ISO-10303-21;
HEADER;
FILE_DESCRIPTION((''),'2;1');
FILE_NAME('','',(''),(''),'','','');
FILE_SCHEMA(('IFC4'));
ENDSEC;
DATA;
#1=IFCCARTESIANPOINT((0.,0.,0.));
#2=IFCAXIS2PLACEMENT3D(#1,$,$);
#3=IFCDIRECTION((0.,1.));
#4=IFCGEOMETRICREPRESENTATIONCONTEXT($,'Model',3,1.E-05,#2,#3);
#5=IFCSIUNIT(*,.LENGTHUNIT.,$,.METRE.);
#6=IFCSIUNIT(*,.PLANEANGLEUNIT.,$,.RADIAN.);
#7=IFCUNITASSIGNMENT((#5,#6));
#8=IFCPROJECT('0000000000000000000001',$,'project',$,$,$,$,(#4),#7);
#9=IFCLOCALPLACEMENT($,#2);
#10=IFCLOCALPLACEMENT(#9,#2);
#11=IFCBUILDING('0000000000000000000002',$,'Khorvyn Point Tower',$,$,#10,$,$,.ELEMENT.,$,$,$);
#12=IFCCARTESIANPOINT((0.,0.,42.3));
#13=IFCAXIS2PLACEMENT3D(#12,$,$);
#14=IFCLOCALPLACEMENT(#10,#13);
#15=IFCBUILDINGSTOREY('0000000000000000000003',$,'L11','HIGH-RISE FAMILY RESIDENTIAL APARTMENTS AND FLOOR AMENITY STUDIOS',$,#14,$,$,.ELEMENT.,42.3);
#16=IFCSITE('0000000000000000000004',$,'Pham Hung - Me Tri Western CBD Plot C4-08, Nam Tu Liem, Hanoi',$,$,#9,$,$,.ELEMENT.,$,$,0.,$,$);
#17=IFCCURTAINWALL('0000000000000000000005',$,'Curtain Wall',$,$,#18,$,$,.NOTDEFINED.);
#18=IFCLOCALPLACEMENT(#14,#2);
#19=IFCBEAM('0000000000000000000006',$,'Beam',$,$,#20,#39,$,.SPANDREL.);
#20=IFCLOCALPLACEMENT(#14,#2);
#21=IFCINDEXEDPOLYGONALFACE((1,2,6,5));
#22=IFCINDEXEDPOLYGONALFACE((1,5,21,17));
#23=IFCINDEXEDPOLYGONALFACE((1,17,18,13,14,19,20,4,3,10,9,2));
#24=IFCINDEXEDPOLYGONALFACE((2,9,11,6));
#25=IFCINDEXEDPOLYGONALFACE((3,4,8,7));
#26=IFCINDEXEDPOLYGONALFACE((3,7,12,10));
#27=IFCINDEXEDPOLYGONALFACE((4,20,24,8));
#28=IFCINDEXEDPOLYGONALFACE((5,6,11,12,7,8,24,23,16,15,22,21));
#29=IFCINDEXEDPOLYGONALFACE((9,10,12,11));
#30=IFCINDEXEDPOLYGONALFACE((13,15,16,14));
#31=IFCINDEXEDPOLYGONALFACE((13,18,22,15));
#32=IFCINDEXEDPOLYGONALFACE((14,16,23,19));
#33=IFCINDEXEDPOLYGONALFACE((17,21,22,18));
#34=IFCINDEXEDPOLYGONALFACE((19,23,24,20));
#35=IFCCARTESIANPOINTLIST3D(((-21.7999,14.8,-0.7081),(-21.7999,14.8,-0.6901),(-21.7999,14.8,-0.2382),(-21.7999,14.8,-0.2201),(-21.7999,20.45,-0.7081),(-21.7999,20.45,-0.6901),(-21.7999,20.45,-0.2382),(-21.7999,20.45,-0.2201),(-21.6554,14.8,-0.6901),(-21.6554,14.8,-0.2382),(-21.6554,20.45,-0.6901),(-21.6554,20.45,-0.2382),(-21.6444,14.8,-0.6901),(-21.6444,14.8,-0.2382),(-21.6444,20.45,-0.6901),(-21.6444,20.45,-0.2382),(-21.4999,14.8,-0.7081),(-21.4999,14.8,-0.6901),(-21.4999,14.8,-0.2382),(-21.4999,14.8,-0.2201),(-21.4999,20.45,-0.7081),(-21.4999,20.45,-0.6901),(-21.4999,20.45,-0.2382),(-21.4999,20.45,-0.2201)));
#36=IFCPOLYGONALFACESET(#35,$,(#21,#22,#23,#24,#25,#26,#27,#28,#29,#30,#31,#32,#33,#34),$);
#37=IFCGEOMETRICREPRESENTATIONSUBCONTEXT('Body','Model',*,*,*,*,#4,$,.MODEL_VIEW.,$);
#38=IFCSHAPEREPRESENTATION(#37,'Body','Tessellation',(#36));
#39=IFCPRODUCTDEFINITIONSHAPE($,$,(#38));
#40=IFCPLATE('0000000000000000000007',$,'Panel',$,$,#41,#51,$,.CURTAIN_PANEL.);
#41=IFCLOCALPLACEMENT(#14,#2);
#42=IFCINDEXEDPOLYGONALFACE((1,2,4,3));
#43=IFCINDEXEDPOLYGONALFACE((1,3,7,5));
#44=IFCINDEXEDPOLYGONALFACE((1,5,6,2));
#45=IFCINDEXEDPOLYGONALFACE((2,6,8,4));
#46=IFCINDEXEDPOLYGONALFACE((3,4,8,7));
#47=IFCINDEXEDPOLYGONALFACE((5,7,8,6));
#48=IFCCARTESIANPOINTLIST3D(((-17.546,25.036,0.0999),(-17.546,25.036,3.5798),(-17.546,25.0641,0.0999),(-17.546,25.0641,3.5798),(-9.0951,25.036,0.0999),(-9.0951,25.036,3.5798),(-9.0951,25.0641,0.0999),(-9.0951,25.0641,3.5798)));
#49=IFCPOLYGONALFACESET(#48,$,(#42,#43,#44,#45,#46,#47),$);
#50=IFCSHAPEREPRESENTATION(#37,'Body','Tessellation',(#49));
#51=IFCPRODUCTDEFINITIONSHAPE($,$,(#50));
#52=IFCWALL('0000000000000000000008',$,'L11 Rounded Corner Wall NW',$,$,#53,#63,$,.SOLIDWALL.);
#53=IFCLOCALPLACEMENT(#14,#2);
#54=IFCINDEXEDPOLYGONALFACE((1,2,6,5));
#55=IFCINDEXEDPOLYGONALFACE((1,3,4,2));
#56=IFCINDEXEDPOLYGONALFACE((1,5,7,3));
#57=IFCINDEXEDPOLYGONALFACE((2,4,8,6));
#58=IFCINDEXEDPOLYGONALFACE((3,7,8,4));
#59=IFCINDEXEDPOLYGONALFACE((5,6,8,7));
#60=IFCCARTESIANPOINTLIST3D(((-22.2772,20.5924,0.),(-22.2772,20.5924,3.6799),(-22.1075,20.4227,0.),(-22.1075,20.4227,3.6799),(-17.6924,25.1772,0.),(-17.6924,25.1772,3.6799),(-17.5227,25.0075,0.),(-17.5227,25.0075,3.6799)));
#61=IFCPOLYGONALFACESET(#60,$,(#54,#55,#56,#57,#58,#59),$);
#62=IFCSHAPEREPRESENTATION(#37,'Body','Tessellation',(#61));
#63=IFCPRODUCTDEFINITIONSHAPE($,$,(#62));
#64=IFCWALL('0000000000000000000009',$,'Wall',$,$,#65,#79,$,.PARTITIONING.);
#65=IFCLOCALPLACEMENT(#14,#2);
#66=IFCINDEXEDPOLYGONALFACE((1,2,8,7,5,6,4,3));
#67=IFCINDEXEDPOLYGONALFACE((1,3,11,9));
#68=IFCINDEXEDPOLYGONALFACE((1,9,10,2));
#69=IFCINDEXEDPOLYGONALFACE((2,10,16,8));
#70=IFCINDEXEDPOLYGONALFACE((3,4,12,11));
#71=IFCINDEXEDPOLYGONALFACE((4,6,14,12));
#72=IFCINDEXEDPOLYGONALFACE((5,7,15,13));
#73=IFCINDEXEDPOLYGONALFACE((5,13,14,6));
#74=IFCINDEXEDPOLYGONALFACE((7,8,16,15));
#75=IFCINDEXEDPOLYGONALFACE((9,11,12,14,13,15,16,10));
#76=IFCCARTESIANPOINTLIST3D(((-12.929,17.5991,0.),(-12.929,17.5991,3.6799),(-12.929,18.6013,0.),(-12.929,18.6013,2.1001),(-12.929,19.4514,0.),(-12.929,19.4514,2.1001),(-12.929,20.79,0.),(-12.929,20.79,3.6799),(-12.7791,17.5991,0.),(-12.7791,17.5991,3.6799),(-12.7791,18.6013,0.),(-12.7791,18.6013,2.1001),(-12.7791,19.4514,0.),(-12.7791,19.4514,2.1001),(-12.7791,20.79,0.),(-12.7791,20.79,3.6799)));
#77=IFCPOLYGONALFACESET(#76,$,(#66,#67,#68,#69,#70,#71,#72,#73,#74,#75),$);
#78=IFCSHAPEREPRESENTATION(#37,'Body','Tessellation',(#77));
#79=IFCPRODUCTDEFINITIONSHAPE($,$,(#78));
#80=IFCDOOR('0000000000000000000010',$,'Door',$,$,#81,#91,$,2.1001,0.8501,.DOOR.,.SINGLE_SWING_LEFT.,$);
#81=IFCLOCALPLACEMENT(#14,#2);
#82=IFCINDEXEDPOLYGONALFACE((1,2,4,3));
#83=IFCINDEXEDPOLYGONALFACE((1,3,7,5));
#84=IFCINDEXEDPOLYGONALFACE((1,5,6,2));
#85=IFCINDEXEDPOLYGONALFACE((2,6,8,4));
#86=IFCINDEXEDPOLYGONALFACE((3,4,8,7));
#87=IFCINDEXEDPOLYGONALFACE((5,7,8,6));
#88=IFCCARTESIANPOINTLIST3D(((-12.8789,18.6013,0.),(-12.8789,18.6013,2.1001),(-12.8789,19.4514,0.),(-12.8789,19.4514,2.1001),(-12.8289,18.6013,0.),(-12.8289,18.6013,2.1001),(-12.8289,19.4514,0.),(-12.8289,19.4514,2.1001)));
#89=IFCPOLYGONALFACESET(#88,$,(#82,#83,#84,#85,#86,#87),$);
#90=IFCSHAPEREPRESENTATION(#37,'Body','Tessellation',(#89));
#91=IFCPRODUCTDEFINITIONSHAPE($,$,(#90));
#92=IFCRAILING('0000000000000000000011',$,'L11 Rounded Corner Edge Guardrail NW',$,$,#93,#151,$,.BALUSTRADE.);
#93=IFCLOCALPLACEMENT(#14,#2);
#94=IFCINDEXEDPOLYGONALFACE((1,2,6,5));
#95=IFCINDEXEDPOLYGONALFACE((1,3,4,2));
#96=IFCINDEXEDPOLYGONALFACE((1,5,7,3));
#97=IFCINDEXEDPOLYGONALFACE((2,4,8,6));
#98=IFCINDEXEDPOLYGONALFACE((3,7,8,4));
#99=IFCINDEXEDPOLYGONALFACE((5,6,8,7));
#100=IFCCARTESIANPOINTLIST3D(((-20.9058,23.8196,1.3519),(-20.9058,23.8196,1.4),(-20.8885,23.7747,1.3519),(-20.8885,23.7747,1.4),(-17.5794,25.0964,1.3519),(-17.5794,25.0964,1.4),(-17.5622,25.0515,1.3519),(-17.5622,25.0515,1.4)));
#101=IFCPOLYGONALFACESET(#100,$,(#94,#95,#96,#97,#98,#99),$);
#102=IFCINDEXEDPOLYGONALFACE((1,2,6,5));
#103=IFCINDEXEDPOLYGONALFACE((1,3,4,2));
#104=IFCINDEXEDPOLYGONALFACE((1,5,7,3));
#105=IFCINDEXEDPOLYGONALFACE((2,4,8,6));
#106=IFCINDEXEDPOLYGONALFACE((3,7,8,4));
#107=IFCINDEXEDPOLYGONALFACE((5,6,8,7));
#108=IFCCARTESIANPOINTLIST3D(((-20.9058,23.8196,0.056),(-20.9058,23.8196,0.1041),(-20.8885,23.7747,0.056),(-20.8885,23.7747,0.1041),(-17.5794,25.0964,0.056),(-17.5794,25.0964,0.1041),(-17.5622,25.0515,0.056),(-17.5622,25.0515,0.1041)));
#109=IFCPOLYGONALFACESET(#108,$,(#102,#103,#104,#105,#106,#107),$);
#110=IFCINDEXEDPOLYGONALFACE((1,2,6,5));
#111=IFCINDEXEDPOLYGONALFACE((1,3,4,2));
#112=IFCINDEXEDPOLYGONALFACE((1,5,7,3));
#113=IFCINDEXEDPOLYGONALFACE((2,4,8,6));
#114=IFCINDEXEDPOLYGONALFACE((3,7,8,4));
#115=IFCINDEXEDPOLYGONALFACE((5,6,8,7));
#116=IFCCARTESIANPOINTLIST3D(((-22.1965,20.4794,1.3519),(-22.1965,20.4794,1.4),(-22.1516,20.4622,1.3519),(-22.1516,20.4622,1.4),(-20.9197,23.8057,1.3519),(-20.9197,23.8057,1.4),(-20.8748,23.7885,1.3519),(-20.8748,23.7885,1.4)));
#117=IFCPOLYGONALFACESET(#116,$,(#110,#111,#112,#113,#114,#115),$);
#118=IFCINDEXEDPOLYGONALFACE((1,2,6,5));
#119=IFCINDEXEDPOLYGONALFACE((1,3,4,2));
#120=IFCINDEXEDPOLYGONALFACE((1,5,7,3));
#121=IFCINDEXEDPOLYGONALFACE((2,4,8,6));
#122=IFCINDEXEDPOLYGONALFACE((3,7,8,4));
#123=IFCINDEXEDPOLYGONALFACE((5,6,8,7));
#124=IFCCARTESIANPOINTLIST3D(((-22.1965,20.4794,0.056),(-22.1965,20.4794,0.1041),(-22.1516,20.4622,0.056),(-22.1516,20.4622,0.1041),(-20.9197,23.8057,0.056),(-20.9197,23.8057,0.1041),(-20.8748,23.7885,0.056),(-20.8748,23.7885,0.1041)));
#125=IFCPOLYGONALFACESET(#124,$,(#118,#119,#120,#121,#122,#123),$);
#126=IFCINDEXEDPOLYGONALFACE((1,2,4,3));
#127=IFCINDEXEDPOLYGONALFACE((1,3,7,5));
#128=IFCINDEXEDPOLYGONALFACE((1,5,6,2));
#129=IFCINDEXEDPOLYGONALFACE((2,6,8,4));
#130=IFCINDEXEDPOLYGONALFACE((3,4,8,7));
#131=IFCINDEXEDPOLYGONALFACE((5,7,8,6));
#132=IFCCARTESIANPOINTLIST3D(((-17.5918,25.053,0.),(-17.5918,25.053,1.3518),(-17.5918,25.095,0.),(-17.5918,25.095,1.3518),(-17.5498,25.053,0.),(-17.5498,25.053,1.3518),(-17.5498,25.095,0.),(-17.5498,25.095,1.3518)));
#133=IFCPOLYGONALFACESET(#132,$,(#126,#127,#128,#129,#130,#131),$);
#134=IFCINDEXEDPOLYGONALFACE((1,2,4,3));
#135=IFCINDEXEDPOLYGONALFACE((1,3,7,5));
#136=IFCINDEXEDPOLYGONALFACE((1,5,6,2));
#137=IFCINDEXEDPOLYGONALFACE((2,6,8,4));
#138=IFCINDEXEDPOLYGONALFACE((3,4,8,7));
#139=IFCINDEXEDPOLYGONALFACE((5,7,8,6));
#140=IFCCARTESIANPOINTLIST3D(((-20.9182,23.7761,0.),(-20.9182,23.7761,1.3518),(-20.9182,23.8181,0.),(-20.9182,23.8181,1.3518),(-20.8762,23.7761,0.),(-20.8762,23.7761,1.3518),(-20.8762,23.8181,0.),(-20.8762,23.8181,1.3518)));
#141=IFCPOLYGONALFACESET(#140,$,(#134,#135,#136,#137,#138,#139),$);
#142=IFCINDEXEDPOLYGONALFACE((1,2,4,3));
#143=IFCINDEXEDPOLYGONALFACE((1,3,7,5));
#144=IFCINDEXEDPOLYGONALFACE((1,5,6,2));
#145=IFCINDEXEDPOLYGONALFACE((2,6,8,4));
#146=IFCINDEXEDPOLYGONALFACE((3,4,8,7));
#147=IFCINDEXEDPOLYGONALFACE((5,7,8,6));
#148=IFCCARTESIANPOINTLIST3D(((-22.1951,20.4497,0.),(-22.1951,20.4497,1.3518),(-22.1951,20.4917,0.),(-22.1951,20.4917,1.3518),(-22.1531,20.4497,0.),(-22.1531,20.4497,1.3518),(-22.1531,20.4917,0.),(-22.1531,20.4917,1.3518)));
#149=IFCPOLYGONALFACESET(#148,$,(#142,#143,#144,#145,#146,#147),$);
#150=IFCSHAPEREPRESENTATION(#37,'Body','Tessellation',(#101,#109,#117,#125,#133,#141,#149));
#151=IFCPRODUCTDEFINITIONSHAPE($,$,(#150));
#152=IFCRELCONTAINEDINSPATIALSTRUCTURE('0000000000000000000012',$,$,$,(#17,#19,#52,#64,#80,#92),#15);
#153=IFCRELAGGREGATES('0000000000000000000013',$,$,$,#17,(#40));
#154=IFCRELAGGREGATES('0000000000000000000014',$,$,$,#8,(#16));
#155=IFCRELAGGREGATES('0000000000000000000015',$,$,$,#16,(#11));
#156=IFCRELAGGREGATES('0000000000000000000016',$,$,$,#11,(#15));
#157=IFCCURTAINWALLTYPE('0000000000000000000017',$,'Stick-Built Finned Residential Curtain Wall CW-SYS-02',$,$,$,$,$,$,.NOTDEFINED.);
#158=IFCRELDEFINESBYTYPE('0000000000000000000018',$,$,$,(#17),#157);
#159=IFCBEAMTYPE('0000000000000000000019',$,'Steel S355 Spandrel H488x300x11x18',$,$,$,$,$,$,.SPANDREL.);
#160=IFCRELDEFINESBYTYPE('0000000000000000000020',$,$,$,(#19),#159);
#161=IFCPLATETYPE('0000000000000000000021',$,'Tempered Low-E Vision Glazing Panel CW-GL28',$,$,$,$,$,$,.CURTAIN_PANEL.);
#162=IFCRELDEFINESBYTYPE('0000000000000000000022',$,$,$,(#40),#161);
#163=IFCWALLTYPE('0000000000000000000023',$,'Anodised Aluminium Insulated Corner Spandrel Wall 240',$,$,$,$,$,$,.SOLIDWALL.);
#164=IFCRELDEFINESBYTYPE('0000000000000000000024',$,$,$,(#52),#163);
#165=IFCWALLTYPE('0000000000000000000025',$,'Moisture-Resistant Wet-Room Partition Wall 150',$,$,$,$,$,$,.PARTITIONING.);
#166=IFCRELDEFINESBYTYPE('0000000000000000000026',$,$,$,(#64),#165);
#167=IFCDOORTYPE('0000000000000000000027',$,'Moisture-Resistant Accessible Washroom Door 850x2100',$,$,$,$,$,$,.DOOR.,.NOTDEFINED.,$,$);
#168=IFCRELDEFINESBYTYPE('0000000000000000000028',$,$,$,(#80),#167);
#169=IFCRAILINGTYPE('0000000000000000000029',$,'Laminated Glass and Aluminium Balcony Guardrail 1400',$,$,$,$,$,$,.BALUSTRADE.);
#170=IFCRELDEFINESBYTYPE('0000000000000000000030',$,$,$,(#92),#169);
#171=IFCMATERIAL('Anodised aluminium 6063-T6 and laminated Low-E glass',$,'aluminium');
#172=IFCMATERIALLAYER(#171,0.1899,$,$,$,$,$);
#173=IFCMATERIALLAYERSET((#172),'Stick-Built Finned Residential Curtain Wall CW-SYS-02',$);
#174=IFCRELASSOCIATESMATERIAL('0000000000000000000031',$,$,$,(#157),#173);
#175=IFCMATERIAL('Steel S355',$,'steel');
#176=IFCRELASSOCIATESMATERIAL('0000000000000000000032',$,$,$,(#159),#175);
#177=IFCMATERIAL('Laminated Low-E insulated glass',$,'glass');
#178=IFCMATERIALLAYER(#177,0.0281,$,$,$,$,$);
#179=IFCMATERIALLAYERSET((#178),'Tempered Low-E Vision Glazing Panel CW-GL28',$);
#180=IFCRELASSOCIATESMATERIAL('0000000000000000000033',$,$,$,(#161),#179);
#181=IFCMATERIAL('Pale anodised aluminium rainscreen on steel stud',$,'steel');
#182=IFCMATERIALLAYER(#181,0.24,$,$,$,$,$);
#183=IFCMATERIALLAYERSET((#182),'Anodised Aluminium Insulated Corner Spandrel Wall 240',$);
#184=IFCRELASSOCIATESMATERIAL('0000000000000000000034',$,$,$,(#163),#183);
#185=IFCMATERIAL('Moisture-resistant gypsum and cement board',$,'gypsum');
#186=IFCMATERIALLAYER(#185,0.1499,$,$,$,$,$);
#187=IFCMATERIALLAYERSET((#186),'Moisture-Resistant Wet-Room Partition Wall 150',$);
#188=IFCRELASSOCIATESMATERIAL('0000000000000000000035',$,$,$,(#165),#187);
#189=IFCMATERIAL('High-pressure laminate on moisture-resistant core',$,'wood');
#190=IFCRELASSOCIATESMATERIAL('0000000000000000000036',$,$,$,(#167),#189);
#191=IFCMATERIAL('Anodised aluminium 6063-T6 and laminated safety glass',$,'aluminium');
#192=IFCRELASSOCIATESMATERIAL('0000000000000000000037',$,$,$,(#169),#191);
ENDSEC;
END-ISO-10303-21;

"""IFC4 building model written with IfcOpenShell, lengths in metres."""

from ifc_helpers import new_model, si_unit, direction, frame, frame_2d, origin, origin_2d, place, context, subcontext, project, spatial, rectangle, i_section, extrude, material, layer, layer_set, material_profile, profile_set, type_object, element, fill, aggregate, save


model = new_model("IFC4")

# Units and contexts
model_context = context("Model", 3, precision=1e-05, world=origin(), true_north=direction((0.0, 1.0)))
body_context = subcontext(model_context, "Body", "Model", "MODEL_VIEW")
ifc_project = project(units=[si_unit("LENGTHUNIT", "METRE"), si_unit("PLANEANGLEUNIT", "RADIAN")], contexts=[model_context])

# Site, building, storey
site_placement = place(None, origin())
site = spatial("IfcSite", under=ifc_project, at=site_placement, Name="Pham Hung - Me Tri Western CBD Plot C4-08, Nam Tu Liem, Hanoi", CompositionType="ELEMENT", RefElevation=0.0)
building_placement = place(site_placement, origin())
building = spatial("IfcBuilding", under=site, at=building_placement, Name="Khorvyn Point Tower", CompositionType="ELEMENT")
storey_placement = place(building_placement, frame((0.0, 0.0, 42.3)))
storey = spatial("IfcBuildingStorey", under=building, at=storey_placement, Name="L11", Description="HIGH-RISE FAMILY RESIDENTIAL APARTMENTS AND FLOOR AMENITY STUDIOS", CompositionType="ELEMENT", Elevation=42.3)

# Curtain wall
ifc_material_1 = material(Name="Anodised aluminium 6063-T6 and laminated Low-E glass", Category="aluminium")
ifc_layer_1 = layer(ifc_material_1, 0.1899)
ifc_layer_set_1 = layer_set([ifc_layer_1], Name="Stick-Built Finned Residential Curtain Wall CW-SYS-02")
curtain_wall_type = type_object("IfcCurtainWallType", Name="Stick-Built Finned Residential Curtain Wall CW-SYS-02", PredefinedType="NOTDEFINED", material=ifc_layer_set_1)
curtain_wall_1_placement = place(storey_placement, origin())
curtain_wall_1 = element("IfcCurtainWall", 1, at=curtain_wall_1_placement, inside=storey, type_object=curtain_wall_type, Name="Curtain Wall", PredefinedType="NOTDEFINED")

# Beam
ifc_material_2 = material(Name="Steel S355", Category="steel")
ifc_material_profile_1 = material_profile(ifc_material_2, i_section(OverallWidth=0.3, OverallDepth=0.488, WebThickness=0.011, FlangeThickness=0.0181, at=origin_2d()))
ifc_profile_set_1 = profile_set([ifc_material_profile_1], Name="Steel S355 H488x300x11x18")
beam_type_1 = type_object("IfcBeamType", Name="Steel S355 Spandrel H488x300x11x18", PredefinedType="SPANDREL", material=ifc_profile_set_1)
beam_1_placement = place(storey_placement, frame((-21.6499, 14.8, -0.4641), z_axis=(0.0, 1.0, 0.0), x_axis=(-1.0, 0.0, 0.0)))
element("IfcBeam", 2, at=beam_1_placement, inside=storey, type_object=beam_type_1, Name="Beam", PredefinedType="SPANDREL", context=body_context, shape_type="SweptSolid", body=[
    extrude(i_section(OverallWidth=0.3, OverallDepth=0.488, WebThickness=0.011, FlangeThickness=0.0181, at=origin_2d()), origin(), (0.0, 0.0, 1.0), 5.6499),
])

# Plate
ifc_material_3 = material(Name="Laminated Low-E insulated glass", Category="glass")
ifc_layer_2 = layer(ifc_material_3, 0.0281)
ifc_layer_set_2 = layer_set([ifc_layer_2], Name="Tempered Low-E Vision Glazing Panel CW-GL28")
plate_type = type_object("IfcPlateType", Name="Tempered Low-E Vision Glazing Panel CW-GL28", PredefinedType="CURTAIN_PANEL", material=ifc_layer_set_2)
plate_placement = place(storey_placement, frame((-13.3206, 25.05, 0.0999), z_axis=(0.0, 0.0, 1.0), x_axis=(1.0, 0.0, 0.0)))
plate = element("IfcPlate", 3, at=plate_placement, type_object=plate_type, Name="Panel", PredefinedType="CURTAIN_PANEL", context=body_context, shape_type="SweptSolid", body=[
    extrude(rectangle(XDim=8.4509, YDim=0.0281, at=origin_2d()), origin(), (0.0, 0.0, 1.0), 3.48),
])
aggregate(curtain_wall_1, [plate])

# Wall
ifc_material_4 = material(Name="Pale anodised aluminium rainscreen on steel stud", Category="steel")
ifc_layer_3 = layer(ifc_material_4, 0.24)
ifc_layer_set_3 = layer_set([ifc_layer_3], Name="Anodised Aluminium Insulated Corner Spandrel Wall 240")
wall_type_1 = type_object("IfcWallType", Name="Anodised Aluminium Insulated Corner Spandrel Wall 240", PredefinedType="SOLIDWALL", material=ifc_layer_set_3)
wall_1_placement = place(storey_placement, frame((-22.1924, 20.5076, 0.0), z_axis=(0.0, 0.0, 1.0), x_axis=(0.707107, 0.707107, 0.0)))
element("IfcWall", 4, at=wall_1_placement, inside=storey, type_object=wall_type_1, Name="L11 Rounded Corner Wall NW", PredefinedType="SOLIDWALL", context=body_context, shape_type="SweptSolid", body=[
    extrude(rectangle(XDim=6.4839, YDim=0.24, at=frame_2d((3.2419, 0.0))), origin(), (0.0, 0.0, 1.0), 3.6799),
])

# Wall, opening, door
ifc_material_5 = material(Name="Moisture-resistant gypsum and cement board", Category="gypsum")
ifc_layer_4 = layer(ifc_material_5, 0.1499)
ifc_layer_set_4 = layer_set([ifc_layer_4], Name="Moisture-Resistant Wet-Room Partition Wall 150")
wall_type_2 = type_object("IfcWallType", Name="Moisture-Resistant Wet-Room Partition Wall 150", PredefinedType="PARTITIONING", material=ifc_layer_set_4)
wall_2_placement = place(storey_placement, frame((-12.854, 17.5991, 0.0), z_axis=(0.0, 0.0, 1.0), x_axis=(0.0, 1.0, 0.0)))
wall_2 = element("IfcWall", 5, at=wall_2_placement, inside=storey, type_object=wall_type_2, Name="Wall", PredefinedType="PARTITIONING", context=body_context, shape_type="SweptSolid", body=[
    extrude(rectangle(XDim=3.1909, YDim=0.1499, at=frame_2d((1.5955, 0.0))), origin(), (0.0, 0.0, 1.0), 3.6799),
])
opening_placement = place(wall_2_placement, frame((1.0022, 0.0, 0.0)))
opening = element("IfcOpeningElement", 6, at=opening_placement, cuts=wall_2, PredefinedType="OPENING", context=body_context, shape_type="SweptSolid", body=[
    extrude(rectangle(XDim=0.8501, YDim=2.1001, at=frame_2d((0.425, 1.05))), frame((0.0, 0.085, 0.0), z_axis=(0.0, -1.0, 0.0), x_axis=(1.0, 0.0, 0.0)), (0.0, 0.0, 1.0), 0.1699),
])
ifc_material_6 = material(Name="High-pressure laminate on moisture-resistant core", Category="wood")
door_type = type_object("IfcDoorType", Name="Moisture-Resistant Accessible Washroom Door 850x2100", OperationType="NOTDEFINED", PredefinedType="DOOR", material=ifc_material_6)
door_placement = place(opening_placement, origin())
door = element("IfcDoor", 7, at=door_placement, inside=storey, type_object=door_type, Name="Door", OperationType="SINGLE_SWING_LEFT", OverallHeight=2.1001, OverallWidth=0.8501, PredefinedType="DOOR", context=body_context, shape_type="SweptSolid", body=[
    extrude(rectangle(XDim=0.8501, YDim=2.1001, at=frame_2d((0.425, 1.05))), frame((0.0, 0.0249, 0.0), z_axis=(0.0, -1.0, 0.0), x_axis=(1.0, 0.0, 0.0)), (0.0, 0.0, 1.0), 0.05),
])
fill(opening, door)

# Railing
ifc_material_7 = material(Name="Anodised aluminium 6063-T6 and laminated safety glass", Category="aluminium")
railing_type = type_object("IfcRailingType", Name="Laminated Glass and Aluminium Balcony Guardrail 1400", PredefinedType="BALUSTRADE", material=ifc_material_7)
railing_1_placement = place(storey_placement, frame((-17.5708, 25.074, 0.0)))
element("IfcRailing", 8, at=railing_1_placement, inside=storey, type_object=railing_type, Name="L11 Rounded Corner Edge Guardrail NW", PredefinedType="BALUSTRADE", context=body_context, shape_type="SweptSolid", body=[
    extrude(rectangle(XDim=0.0481, YDim=0.0481, at=origin_2d()), frame((0.0, 0.0, 1.376), z_axis=(-0.933584, -0.358359, 0.0), x_axis=(0.358359, -0.933584, 0.0)), (0.0, 0.0, 1.0), 3.563),
    extrude(rectangle(XDim=0.0481, YDim=0.0481, at=origin_2d()), frame((0.0, 0.0, 0.0801), z_axis=(-0.933584, -0.358359, 0.0), x_axis=(0.358359, -0.933584, 0.0)), (0.0, 0.0, 1.0), 3.563),
    extrude(rectangle(XDim=0.0481, YDim=0.0481, at=origin_2d()), frame((-3.3264, -1.2769, 1.376), z_axis=(-0.358359, -0.933584, 0.0), x_axis=(0.933584, -0.358359, 0.0)), (0.0, 0.0, 1.0), 3.563),
    extrude(rectangle(XDim=0.0481, YDim=0.0481, at=origin_2d()), frame((-3.3264, -1.2769, 0.0801), z_axis=(-0.358359, -0.933584, 0.0), x_axis=(0.933584, -0.358359, 0.0)), (0.0, 0.0, 1.0), 3.563),
    extrude(rectangle(XDim=0.042, YDim=0.042, at=origin_2d()), origin(), (0.0, 0.0, 1.0), 1.3518),
    extrude(rectangle(XDim=0.042, YDim=0.042, at=origin_2d()), frame((-3.3264, -1.2769, 0.0)), (0.0, 0.0, 1.0), 1.3518),
    extrude(rectangle(XDim=0.042, YDim=0.042, at=origin_2d()), frame((-4.6033, -4.6033, 0.0)), (0.0, 0.0, 1.0), 1.3518),
])

save(model, "model.ifc")
